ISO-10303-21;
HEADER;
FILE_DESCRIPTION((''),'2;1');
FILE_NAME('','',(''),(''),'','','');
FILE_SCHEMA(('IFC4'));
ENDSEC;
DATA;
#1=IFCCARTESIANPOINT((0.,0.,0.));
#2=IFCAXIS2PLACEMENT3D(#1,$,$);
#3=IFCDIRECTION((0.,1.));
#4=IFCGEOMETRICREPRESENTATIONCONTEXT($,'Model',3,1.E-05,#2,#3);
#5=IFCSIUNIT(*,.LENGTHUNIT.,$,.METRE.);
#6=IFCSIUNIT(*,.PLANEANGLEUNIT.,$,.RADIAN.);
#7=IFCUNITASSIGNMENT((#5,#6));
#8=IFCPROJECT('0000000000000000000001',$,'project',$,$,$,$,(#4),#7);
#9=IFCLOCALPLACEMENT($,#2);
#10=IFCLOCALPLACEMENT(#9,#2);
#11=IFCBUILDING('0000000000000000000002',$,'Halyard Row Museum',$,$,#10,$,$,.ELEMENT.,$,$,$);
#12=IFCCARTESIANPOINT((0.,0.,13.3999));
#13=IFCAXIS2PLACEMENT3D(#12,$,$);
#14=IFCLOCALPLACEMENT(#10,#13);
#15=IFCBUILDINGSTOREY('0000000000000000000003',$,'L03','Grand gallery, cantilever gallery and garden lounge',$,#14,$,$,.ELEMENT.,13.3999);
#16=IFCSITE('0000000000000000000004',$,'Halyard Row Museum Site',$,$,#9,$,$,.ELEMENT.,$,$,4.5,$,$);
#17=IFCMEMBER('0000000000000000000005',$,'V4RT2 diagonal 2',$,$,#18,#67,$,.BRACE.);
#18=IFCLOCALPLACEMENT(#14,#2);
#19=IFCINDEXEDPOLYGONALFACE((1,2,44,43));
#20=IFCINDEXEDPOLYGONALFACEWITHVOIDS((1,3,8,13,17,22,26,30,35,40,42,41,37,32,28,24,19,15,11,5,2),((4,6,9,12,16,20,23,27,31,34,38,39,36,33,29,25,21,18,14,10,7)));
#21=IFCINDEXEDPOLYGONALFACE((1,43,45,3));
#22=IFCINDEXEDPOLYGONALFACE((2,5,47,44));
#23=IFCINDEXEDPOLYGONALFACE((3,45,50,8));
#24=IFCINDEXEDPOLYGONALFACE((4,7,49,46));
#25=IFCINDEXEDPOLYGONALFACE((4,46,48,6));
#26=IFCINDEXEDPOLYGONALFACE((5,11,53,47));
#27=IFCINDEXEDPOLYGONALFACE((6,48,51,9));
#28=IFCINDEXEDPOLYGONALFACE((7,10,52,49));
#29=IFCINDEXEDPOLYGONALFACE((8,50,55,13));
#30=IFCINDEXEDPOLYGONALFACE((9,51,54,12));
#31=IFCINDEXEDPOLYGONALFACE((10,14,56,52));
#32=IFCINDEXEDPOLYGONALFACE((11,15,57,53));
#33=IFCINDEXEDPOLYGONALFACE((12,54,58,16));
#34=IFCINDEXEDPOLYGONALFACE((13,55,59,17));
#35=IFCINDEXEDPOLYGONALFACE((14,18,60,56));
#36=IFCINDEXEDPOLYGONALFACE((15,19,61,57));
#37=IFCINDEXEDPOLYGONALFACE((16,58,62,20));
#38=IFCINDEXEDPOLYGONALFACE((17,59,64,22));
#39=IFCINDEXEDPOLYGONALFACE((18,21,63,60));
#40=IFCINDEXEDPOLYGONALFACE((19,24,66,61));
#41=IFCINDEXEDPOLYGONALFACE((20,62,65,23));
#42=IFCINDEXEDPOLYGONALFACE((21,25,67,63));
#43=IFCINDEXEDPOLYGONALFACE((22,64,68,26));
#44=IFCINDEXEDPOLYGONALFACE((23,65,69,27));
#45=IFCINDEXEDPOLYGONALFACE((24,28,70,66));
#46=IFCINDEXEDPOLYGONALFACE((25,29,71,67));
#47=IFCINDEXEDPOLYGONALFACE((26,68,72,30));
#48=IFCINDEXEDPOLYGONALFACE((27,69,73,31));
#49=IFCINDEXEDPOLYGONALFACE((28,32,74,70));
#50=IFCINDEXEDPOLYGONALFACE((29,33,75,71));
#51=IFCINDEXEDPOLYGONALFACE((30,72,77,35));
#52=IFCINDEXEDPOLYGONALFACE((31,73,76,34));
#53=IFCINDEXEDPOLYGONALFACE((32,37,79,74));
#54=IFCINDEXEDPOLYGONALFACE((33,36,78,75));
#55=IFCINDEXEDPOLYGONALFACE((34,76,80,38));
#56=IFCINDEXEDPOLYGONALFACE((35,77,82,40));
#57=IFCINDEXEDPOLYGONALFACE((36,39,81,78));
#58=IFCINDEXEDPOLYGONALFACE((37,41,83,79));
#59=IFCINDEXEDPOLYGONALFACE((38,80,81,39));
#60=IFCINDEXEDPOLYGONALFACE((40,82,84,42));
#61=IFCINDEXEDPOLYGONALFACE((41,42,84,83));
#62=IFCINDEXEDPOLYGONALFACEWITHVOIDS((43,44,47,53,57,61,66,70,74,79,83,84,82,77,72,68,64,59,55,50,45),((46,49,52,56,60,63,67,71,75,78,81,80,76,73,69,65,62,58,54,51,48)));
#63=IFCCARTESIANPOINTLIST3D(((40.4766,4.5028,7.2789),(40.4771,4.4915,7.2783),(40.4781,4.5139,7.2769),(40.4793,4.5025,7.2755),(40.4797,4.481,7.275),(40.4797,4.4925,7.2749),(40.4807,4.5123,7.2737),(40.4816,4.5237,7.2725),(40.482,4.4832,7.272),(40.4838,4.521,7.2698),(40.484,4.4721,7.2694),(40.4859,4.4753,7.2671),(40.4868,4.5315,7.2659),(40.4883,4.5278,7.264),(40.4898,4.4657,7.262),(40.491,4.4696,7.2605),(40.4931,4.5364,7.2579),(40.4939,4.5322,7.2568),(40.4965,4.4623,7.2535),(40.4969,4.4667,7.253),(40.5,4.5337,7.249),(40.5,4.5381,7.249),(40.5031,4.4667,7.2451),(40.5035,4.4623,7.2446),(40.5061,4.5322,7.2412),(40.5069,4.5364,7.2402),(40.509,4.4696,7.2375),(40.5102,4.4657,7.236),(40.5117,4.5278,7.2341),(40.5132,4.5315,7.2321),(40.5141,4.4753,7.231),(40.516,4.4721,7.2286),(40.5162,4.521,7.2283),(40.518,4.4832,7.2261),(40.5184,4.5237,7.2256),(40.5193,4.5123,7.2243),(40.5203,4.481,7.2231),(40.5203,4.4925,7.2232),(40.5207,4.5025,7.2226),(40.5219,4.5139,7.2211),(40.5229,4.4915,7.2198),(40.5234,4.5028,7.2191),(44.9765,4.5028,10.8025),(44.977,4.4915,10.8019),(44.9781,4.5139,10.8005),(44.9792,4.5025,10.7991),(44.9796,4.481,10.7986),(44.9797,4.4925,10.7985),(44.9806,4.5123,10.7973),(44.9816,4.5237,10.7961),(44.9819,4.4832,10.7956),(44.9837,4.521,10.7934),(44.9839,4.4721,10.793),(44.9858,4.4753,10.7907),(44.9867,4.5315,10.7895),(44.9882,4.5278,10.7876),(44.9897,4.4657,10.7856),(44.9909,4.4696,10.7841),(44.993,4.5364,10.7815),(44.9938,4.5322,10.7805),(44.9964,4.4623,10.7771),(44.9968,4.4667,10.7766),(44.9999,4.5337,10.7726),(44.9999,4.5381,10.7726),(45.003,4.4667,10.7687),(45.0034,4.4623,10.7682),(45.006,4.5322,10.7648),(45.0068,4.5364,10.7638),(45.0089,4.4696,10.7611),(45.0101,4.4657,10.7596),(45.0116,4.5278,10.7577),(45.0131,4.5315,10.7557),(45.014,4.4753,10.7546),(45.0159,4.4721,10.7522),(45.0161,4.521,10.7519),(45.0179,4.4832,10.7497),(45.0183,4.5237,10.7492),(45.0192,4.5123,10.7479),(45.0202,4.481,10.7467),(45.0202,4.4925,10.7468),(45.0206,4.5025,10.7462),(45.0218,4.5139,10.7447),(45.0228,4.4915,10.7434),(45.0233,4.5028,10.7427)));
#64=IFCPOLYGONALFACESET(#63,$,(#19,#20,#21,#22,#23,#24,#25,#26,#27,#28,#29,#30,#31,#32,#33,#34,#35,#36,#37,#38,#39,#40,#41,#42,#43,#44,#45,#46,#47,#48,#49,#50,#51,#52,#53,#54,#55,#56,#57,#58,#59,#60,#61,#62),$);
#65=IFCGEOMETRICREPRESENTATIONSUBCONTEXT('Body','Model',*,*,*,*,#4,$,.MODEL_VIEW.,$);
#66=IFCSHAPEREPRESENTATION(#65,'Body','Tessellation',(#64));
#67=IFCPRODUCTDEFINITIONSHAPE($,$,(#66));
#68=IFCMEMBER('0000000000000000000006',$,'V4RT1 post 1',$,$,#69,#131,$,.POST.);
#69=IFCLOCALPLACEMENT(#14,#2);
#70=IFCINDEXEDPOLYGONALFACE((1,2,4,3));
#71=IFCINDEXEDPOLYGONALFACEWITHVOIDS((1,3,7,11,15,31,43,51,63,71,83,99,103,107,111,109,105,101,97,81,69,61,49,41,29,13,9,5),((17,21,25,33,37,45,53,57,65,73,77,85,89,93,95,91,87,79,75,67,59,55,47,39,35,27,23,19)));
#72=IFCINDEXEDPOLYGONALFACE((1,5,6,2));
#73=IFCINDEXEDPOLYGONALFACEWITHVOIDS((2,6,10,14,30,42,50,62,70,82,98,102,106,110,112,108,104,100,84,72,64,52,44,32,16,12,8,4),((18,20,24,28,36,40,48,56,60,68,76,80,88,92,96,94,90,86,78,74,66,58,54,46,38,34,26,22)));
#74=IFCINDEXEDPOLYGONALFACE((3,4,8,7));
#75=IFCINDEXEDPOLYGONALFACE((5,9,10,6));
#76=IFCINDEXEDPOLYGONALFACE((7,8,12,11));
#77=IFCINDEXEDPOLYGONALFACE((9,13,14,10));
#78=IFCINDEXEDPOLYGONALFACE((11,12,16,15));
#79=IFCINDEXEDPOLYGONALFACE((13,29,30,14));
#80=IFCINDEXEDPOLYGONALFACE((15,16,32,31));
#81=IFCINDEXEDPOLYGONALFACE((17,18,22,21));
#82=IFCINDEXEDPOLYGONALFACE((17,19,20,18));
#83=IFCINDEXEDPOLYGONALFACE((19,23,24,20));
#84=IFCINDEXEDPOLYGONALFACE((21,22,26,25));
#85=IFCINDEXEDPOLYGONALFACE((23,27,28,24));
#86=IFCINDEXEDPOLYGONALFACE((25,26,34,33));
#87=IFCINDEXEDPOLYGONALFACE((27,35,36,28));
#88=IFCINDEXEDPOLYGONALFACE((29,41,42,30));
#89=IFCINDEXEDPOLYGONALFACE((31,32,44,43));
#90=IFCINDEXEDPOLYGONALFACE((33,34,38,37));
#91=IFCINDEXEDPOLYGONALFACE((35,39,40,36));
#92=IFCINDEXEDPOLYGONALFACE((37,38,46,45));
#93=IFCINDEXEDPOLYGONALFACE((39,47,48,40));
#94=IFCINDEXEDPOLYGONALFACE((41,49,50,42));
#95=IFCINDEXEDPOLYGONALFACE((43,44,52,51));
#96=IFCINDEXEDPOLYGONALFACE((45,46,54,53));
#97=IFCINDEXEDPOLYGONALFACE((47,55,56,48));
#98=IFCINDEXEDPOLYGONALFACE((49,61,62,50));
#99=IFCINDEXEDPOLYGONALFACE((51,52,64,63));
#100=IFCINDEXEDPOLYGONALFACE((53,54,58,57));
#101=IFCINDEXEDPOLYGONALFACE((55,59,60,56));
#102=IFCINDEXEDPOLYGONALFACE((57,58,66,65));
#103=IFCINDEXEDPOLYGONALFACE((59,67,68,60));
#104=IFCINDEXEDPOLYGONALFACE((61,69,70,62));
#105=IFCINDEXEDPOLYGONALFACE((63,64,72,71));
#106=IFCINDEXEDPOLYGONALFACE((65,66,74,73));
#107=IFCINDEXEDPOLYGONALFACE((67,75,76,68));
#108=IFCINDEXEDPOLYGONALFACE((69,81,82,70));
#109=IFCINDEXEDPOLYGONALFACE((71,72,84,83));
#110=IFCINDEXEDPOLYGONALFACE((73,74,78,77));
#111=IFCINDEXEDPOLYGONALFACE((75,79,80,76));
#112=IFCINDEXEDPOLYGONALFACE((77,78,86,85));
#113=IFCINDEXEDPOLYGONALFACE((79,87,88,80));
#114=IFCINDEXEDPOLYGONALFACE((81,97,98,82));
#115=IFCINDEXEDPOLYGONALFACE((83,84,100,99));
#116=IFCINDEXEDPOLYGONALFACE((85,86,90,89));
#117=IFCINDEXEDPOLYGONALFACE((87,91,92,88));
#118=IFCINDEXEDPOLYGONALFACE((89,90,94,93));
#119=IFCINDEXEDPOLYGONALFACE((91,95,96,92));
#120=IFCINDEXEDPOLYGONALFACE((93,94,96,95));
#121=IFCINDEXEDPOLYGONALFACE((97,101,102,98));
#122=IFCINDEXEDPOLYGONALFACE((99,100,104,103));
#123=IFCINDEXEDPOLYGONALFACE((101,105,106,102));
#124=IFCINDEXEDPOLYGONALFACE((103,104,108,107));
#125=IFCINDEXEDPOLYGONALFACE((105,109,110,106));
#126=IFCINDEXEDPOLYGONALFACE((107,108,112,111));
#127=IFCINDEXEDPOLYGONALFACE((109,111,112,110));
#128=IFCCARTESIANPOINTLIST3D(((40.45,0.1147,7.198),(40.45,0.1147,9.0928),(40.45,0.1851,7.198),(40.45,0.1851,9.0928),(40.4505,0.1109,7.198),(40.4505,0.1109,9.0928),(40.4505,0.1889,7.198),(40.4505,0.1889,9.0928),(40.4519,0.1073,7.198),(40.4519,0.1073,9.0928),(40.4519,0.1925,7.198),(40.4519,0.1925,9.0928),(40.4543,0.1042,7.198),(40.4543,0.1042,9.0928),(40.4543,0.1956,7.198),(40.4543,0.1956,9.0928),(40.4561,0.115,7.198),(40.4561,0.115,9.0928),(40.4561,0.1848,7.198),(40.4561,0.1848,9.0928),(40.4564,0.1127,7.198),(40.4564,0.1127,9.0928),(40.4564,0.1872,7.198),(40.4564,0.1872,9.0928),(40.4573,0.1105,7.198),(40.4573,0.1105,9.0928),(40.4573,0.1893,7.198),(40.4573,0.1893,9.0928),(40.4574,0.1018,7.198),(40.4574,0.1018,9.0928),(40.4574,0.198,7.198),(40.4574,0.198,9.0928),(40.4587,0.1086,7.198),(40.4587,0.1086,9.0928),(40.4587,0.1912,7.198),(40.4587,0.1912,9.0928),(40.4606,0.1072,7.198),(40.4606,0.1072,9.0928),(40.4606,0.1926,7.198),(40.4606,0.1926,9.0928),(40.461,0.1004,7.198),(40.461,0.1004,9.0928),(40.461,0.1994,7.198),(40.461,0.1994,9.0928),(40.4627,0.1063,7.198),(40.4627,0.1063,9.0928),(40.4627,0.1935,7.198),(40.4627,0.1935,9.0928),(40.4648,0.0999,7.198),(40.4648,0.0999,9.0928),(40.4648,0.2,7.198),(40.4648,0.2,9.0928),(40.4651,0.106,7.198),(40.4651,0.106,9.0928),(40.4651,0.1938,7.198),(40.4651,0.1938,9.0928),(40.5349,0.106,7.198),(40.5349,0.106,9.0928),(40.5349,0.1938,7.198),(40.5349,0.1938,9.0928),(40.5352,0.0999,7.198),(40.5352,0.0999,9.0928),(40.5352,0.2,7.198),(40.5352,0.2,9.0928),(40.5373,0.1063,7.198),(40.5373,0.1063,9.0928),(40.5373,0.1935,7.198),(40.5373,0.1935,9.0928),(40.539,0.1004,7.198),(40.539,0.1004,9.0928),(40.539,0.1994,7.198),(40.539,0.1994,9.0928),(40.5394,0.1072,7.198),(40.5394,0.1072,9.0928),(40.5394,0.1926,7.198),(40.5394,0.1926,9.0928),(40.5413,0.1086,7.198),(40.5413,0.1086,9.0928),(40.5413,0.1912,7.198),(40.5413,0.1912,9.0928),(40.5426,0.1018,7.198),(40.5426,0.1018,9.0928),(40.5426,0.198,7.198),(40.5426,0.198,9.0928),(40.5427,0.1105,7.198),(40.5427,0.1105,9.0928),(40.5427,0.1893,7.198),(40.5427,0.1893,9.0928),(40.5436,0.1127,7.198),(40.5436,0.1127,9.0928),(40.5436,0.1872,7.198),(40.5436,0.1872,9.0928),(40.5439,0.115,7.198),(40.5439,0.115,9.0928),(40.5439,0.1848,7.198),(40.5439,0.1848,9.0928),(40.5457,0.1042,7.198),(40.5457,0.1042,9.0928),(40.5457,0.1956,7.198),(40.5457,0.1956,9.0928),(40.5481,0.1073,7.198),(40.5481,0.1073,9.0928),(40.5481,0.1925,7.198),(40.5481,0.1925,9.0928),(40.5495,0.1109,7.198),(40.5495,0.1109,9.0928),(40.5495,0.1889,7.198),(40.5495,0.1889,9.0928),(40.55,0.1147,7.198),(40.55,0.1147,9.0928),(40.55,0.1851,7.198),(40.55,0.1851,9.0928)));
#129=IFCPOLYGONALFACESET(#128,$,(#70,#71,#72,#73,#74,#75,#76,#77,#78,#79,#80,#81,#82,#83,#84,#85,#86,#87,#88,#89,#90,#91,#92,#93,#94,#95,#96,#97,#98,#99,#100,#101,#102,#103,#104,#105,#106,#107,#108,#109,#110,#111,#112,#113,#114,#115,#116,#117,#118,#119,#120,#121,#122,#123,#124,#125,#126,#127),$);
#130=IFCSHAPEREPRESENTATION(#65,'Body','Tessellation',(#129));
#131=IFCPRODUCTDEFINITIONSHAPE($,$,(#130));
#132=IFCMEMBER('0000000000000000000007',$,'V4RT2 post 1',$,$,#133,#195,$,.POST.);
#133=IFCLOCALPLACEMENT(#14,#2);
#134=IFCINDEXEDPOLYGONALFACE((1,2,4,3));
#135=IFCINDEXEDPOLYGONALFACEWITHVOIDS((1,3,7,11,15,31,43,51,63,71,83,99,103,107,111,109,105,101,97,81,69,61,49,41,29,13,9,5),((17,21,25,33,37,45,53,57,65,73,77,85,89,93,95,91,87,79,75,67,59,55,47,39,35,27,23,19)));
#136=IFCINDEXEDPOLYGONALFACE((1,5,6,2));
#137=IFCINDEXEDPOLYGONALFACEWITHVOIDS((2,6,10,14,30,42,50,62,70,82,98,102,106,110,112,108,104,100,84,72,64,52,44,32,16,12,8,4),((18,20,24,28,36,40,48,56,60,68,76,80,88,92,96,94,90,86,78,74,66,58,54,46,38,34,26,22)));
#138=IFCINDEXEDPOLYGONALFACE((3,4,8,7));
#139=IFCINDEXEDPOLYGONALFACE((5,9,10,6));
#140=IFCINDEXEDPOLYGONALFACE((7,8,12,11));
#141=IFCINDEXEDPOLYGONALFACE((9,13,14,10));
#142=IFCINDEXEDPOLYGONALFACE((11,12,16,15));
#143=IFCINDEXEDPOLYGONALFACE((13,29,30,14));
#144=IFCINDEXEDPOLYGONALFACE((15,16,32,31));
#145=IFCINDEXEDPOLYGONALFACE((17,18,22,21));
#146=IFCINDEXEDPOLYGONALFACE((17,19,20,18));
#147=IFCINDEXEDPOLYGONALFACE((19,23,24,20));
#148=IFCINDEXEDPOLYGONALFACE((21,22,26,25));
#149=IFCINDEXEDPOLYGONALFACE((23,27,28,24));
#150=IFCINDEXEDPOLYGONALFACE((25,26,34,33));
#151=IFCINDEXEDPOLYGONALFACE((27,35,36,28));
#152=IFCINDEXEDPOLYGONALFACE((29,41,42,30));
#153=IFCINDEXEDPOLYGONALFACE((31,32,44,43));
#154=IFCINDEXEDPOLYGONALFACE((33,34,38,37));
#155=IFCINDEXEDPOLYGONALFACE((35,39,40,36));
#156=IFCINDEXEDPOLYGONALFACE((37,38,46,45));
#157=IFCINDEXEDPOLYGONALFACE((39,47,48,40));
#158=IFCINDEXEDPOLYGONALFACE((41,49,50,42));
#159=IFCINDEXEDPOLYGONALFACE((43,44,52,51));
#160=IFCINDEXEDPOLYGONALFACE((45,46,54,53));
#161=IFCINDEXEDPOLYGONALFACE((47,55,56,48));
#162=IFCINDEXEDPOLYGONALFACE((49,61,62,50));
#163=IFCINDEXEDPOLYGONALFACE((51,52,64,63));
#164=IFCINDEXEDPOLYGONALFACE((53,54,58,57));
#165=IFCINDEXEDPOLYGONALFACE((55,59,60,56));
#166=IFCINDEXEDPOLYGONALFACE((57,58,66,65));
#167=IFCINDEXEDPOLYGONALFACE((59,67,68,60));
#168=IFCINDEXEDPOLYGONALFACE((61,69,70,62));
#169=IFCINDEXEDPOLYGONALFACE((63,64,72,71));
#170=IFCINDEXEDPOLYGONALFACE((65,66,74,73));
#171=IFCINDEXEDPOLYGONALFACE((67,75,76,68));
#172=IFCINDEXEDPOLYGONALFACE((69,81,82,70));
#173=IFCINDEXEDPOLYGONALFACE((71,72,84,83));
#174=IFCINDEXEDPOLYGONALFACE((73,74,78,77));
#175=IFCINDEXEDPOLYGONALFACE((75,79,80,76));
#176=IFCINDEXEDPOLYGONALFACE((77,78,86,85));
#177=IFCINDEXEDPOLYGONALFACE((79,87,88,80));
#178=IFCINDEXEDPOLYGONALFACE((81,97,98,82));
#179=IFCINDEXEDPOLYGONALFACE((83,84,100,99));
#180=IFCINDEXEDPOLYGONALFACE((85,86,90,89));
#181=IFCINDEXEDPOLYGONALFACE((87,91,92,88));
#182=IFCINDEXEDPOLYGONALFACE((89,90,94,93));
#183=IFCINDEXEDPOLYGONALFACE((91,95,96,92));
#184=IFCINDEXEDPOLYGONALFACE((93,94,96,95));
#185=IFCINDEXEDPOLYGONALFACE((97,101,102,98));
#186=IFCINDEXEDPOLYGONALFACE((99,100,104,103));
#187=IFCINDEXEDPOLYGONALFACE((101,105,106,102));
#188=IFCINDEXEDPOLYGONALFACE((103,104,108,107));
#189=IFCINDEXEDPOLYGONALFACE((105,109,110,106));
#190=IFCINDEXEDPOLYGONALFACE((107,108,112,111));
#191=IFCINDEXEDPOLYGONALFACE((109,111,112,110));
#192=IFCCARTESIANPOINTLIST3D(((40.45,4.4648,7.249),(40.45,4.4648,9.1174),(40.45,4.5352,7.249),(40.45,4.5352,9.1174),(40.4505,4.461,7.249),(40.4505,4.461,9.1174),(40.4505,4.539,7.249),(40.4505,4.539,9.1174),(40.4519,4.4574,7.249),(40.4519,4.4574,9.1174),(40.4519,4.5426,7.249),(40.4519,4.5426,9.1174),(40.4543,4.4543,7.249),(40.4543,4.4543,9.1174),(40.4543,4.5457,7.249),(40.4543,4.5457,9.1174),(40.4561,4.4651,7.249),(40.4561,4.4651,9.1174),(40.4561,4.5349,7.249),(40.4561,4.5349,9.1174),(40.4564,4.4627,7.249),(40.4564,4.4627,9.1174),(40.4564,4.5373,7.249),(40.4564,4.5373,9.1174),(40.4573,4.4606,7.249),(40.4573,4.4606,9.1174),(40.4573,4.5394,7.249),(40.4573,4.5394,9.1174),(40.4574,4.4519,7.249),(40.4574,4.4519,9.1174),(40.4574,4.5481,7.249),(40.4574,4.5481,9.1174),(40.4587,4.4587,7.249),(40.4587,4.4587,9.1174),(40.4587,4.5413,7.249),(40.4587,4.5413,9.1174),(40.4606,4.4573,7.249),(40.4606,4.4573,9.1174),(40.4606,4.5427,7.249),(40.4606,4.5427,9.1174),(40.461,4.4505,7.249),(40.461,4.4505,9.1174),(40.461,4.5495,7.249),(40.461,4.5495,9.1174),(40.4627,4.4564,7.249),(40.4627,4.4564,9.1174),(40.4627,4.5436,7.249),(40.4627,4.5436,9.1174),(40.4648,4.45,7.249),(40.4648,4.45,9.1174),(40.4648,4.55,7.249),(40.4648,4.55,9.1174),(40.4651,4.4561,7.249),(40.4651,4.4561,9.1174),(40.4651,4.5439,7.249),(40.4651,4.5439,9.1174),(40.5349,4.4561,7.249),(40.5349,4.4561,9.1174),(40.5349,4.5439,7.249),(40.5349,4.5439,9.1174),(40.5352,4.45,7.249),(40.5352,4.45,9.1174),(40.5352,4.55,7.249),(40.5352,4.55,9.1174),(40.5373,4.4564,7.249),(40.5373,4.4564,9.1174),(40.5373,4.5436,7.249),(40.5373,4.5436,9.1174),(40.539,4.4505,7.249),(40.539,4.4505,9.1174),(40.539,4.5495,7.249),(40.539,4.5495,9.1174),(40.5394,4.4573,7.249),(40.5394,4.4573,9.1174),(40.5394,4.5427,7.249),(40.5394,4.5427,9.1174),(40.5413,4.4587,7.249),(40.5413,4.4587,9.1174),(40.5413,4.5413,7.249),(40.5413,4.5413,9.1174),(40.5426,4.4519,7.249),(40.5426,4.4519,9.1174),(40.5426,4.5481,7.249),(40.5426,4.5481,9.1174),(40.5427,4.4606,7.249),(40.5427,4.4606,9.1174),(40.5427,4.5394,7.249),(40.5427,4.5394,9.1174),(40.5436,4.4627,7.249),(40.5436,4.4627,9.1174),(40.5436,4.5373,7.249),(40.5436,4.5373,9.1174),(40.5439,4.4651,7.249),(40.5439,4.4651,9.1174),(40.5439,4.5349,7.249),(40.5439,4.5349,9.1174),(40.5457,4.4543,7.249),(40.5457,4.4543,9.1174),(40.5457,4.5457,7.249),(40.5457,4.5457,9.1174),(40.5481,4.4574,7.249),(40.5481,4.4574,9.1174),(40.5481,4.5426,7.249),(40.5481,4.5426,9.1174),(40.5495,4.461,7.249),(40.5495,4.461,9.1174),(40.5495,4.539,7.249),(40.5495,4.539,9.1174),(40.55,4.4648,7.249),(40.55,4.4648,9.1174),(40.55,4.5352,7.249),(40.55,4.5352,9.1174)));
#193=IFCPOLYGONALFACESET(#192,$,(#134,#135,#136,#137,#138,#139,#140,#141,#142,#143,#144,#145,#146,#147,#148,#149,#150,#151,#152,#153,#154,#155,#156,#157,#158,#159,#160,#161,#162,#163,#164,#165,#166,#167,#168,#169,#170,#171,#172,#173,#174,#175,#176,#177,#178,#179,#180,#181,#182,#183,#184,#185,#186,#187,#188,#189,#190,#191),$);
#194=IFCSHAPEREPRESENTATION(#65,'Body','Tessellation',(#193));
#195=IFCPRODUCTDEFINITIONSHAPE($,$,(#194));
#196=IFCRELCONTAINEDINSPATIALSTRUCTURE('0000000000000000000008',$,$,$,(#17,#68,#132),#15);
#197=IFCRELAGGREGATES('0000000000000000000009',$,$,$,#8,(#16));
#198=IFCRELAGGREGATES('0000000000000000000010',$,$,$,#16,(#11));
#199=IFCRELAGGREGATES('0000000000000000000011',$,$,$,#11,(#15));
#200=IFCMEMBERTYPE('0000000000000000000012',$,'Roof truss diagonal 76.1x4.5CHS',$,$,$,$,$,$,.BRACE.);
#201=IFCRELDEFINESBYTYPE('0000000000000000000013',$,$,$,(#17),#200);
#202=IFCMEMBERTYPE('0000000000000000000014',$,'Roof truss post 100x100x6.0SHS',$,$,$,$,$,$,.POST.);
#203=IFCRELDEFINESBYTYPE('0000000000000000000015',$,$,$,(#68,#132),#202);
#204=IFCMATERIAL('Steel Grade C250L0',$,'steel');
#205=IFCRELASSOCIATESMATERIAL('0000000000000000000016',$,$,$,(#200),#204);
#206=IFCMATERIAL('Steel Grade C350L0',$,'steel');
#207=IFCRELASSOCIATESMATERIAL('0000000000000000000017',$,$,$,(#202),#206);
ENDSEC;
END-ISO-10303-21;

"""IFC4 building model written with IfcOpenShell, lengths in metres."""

from ifc_helpers import new_model, si_unit, direction, frame, origin, origin_2d, place, context, subcontext, project, spatial, hollow_rectangle, hollow_circle, extrude, material, material_profile, profile_set, type_object, element, save


model = new_model("IFC4")

# Units and contexts
model_context = context("Model", 3, precision=1e-05, world=origin(), true_north=direction((0.0, 1.0)))
body_context = subcontext(model_context, "Body", "Model", "MODEL_VIEW")
ifc_project = project(units=[si_unit("LENGTHUNIT", "METRE"), si_unit("PLANEANGLEUNIT", "RADIAN")], contexts=[model_context])

# Site, building, storey
site_placement = place(None, origin())
site = spatial("IfcSite", under=ifc_project, at=site_placement, Name="Halyard Row Museum Site", CompositionType="ELEMENT", RefElevation=4.5)
building_placement = place(site_placement, origin())
building = spatial("IfcBuilding", under=site, at=building_placement, Name="Halyard Row Museum", CompositionType="ELEMENT")
storey_placement = place(building_placement, frame((0.0, 0.0, 13.3999)))
storey = spatial("IfcBuildingStorey", under=building, at=storey_placement, Name="L03", Description="Grand gallery, cantilever gallery and garden lounge", CompositionType="ELEMENT", Elevation=13.3999)

# Members
ifc_material_1 = material(Name="Steel Grade C250L0", Category="steel")
ifc_material_profile_1 = material_profile(ifc_material_1, hollow_circle(Radius=0.0381, WallThickness=0.0044, at=origin_2d()), Name="76.1x4.5CHS")
ifc_profile_set_1 = profile_set([ifc_material_profile_1], Name="Steel Grade C250L0")
member_type_1 = type_object("IfcMemberType", Name="Roof truss diagonal 76.1x4.5CHS", PredefinedType="BRACE", material=ifc_profile_set_1)
member_1_placement = place(storey_placement, frame((40.5, 4.5, 7.249), z_axis=(0.78734, 0.0, 0.616519), x_axis=(0.0, 1.0, 0.0)))
element("IfcMember", 1, at=member_1_placement, inside=storey, type_object=member_type_1, Name="V4RT2 diagonal 2", PredefinedType="BRACE", context=body_context, shape_type="SweptSolid", body=[
    extrude(hollow_circle(Radius=0.0381, WallThickness=0.0044, at=origin_2d()), origin(), (0.0, 0.0, 1.0), 5.7153),
])
ifc_material_2 = material(Name="Steel Grade C350L0", Category="steel")
ifc_material_profile_2 = material_profile(ifc_material_2, hollow_rectangle(XDim=0.1001, YDim=0.1001, WallThickness=0.0061, InnerFilletRadius=0.009, OuterFilletRadius=0.0149, at=origin_2d()), Name="100x100x6.0SHS")
ifc_profile_set_2 = profile_set([ifc_material_profile_2], Name="Steel Grade C350L0")
member_type_2 = type_object("IfcMemberType", Name="Roof truss post 100x100x6.0SHS", PredefinedType="POST", material=ifc_profile_set_2)
member_2_placement = place(storey_placement, frame((40.5, 0.1499, 7.198), z_axis=(0.0, 0.0, 1.0), x_axis=(1.0, 0.0, 0.0)))
element("IfcMember", 2, at=member_2_placement, inside=storey, type_object=member_type_2, Name="V4RT1 post 1", PredefinedType="POST", context=body_context, shape_type="SweptSolid", body=[
    extrude(hollow_rectangle(XDim=0.1001, YDim=0.1001, WallThickness=0.0061, InnerFilletRadius=0.009, OuterFilletRadius=0.0149, at=origin_2d()), origin(), (0.0, 0.0, 1.0), 1.8948),
])
member_3_placement = place(storey_placement, frame((40.5, 4.5, 7.249), z_axis=(0.0, 0.0, 1.0), x_axis=(1.0, 0.0, 0.0)))
element("IfcMember", 3, at=member_3_placement, inside=storey, type_object=member_type_2, Name="V4RT2 post 1", PredefinedType="POST", context=body_context, shape_type="SweptSolid", body=[
    extrude(hollow_rectangle(XDim=0.1001, YDim=0.1001, WallThickness=0.0061, InnerFilletRadius=0.009, OuterFilletRadius=0.0149, at=origin_2d()), origin(), (0.0, 0.0, 1.0), 1.8684),
])

save(model, "model.ifc")
